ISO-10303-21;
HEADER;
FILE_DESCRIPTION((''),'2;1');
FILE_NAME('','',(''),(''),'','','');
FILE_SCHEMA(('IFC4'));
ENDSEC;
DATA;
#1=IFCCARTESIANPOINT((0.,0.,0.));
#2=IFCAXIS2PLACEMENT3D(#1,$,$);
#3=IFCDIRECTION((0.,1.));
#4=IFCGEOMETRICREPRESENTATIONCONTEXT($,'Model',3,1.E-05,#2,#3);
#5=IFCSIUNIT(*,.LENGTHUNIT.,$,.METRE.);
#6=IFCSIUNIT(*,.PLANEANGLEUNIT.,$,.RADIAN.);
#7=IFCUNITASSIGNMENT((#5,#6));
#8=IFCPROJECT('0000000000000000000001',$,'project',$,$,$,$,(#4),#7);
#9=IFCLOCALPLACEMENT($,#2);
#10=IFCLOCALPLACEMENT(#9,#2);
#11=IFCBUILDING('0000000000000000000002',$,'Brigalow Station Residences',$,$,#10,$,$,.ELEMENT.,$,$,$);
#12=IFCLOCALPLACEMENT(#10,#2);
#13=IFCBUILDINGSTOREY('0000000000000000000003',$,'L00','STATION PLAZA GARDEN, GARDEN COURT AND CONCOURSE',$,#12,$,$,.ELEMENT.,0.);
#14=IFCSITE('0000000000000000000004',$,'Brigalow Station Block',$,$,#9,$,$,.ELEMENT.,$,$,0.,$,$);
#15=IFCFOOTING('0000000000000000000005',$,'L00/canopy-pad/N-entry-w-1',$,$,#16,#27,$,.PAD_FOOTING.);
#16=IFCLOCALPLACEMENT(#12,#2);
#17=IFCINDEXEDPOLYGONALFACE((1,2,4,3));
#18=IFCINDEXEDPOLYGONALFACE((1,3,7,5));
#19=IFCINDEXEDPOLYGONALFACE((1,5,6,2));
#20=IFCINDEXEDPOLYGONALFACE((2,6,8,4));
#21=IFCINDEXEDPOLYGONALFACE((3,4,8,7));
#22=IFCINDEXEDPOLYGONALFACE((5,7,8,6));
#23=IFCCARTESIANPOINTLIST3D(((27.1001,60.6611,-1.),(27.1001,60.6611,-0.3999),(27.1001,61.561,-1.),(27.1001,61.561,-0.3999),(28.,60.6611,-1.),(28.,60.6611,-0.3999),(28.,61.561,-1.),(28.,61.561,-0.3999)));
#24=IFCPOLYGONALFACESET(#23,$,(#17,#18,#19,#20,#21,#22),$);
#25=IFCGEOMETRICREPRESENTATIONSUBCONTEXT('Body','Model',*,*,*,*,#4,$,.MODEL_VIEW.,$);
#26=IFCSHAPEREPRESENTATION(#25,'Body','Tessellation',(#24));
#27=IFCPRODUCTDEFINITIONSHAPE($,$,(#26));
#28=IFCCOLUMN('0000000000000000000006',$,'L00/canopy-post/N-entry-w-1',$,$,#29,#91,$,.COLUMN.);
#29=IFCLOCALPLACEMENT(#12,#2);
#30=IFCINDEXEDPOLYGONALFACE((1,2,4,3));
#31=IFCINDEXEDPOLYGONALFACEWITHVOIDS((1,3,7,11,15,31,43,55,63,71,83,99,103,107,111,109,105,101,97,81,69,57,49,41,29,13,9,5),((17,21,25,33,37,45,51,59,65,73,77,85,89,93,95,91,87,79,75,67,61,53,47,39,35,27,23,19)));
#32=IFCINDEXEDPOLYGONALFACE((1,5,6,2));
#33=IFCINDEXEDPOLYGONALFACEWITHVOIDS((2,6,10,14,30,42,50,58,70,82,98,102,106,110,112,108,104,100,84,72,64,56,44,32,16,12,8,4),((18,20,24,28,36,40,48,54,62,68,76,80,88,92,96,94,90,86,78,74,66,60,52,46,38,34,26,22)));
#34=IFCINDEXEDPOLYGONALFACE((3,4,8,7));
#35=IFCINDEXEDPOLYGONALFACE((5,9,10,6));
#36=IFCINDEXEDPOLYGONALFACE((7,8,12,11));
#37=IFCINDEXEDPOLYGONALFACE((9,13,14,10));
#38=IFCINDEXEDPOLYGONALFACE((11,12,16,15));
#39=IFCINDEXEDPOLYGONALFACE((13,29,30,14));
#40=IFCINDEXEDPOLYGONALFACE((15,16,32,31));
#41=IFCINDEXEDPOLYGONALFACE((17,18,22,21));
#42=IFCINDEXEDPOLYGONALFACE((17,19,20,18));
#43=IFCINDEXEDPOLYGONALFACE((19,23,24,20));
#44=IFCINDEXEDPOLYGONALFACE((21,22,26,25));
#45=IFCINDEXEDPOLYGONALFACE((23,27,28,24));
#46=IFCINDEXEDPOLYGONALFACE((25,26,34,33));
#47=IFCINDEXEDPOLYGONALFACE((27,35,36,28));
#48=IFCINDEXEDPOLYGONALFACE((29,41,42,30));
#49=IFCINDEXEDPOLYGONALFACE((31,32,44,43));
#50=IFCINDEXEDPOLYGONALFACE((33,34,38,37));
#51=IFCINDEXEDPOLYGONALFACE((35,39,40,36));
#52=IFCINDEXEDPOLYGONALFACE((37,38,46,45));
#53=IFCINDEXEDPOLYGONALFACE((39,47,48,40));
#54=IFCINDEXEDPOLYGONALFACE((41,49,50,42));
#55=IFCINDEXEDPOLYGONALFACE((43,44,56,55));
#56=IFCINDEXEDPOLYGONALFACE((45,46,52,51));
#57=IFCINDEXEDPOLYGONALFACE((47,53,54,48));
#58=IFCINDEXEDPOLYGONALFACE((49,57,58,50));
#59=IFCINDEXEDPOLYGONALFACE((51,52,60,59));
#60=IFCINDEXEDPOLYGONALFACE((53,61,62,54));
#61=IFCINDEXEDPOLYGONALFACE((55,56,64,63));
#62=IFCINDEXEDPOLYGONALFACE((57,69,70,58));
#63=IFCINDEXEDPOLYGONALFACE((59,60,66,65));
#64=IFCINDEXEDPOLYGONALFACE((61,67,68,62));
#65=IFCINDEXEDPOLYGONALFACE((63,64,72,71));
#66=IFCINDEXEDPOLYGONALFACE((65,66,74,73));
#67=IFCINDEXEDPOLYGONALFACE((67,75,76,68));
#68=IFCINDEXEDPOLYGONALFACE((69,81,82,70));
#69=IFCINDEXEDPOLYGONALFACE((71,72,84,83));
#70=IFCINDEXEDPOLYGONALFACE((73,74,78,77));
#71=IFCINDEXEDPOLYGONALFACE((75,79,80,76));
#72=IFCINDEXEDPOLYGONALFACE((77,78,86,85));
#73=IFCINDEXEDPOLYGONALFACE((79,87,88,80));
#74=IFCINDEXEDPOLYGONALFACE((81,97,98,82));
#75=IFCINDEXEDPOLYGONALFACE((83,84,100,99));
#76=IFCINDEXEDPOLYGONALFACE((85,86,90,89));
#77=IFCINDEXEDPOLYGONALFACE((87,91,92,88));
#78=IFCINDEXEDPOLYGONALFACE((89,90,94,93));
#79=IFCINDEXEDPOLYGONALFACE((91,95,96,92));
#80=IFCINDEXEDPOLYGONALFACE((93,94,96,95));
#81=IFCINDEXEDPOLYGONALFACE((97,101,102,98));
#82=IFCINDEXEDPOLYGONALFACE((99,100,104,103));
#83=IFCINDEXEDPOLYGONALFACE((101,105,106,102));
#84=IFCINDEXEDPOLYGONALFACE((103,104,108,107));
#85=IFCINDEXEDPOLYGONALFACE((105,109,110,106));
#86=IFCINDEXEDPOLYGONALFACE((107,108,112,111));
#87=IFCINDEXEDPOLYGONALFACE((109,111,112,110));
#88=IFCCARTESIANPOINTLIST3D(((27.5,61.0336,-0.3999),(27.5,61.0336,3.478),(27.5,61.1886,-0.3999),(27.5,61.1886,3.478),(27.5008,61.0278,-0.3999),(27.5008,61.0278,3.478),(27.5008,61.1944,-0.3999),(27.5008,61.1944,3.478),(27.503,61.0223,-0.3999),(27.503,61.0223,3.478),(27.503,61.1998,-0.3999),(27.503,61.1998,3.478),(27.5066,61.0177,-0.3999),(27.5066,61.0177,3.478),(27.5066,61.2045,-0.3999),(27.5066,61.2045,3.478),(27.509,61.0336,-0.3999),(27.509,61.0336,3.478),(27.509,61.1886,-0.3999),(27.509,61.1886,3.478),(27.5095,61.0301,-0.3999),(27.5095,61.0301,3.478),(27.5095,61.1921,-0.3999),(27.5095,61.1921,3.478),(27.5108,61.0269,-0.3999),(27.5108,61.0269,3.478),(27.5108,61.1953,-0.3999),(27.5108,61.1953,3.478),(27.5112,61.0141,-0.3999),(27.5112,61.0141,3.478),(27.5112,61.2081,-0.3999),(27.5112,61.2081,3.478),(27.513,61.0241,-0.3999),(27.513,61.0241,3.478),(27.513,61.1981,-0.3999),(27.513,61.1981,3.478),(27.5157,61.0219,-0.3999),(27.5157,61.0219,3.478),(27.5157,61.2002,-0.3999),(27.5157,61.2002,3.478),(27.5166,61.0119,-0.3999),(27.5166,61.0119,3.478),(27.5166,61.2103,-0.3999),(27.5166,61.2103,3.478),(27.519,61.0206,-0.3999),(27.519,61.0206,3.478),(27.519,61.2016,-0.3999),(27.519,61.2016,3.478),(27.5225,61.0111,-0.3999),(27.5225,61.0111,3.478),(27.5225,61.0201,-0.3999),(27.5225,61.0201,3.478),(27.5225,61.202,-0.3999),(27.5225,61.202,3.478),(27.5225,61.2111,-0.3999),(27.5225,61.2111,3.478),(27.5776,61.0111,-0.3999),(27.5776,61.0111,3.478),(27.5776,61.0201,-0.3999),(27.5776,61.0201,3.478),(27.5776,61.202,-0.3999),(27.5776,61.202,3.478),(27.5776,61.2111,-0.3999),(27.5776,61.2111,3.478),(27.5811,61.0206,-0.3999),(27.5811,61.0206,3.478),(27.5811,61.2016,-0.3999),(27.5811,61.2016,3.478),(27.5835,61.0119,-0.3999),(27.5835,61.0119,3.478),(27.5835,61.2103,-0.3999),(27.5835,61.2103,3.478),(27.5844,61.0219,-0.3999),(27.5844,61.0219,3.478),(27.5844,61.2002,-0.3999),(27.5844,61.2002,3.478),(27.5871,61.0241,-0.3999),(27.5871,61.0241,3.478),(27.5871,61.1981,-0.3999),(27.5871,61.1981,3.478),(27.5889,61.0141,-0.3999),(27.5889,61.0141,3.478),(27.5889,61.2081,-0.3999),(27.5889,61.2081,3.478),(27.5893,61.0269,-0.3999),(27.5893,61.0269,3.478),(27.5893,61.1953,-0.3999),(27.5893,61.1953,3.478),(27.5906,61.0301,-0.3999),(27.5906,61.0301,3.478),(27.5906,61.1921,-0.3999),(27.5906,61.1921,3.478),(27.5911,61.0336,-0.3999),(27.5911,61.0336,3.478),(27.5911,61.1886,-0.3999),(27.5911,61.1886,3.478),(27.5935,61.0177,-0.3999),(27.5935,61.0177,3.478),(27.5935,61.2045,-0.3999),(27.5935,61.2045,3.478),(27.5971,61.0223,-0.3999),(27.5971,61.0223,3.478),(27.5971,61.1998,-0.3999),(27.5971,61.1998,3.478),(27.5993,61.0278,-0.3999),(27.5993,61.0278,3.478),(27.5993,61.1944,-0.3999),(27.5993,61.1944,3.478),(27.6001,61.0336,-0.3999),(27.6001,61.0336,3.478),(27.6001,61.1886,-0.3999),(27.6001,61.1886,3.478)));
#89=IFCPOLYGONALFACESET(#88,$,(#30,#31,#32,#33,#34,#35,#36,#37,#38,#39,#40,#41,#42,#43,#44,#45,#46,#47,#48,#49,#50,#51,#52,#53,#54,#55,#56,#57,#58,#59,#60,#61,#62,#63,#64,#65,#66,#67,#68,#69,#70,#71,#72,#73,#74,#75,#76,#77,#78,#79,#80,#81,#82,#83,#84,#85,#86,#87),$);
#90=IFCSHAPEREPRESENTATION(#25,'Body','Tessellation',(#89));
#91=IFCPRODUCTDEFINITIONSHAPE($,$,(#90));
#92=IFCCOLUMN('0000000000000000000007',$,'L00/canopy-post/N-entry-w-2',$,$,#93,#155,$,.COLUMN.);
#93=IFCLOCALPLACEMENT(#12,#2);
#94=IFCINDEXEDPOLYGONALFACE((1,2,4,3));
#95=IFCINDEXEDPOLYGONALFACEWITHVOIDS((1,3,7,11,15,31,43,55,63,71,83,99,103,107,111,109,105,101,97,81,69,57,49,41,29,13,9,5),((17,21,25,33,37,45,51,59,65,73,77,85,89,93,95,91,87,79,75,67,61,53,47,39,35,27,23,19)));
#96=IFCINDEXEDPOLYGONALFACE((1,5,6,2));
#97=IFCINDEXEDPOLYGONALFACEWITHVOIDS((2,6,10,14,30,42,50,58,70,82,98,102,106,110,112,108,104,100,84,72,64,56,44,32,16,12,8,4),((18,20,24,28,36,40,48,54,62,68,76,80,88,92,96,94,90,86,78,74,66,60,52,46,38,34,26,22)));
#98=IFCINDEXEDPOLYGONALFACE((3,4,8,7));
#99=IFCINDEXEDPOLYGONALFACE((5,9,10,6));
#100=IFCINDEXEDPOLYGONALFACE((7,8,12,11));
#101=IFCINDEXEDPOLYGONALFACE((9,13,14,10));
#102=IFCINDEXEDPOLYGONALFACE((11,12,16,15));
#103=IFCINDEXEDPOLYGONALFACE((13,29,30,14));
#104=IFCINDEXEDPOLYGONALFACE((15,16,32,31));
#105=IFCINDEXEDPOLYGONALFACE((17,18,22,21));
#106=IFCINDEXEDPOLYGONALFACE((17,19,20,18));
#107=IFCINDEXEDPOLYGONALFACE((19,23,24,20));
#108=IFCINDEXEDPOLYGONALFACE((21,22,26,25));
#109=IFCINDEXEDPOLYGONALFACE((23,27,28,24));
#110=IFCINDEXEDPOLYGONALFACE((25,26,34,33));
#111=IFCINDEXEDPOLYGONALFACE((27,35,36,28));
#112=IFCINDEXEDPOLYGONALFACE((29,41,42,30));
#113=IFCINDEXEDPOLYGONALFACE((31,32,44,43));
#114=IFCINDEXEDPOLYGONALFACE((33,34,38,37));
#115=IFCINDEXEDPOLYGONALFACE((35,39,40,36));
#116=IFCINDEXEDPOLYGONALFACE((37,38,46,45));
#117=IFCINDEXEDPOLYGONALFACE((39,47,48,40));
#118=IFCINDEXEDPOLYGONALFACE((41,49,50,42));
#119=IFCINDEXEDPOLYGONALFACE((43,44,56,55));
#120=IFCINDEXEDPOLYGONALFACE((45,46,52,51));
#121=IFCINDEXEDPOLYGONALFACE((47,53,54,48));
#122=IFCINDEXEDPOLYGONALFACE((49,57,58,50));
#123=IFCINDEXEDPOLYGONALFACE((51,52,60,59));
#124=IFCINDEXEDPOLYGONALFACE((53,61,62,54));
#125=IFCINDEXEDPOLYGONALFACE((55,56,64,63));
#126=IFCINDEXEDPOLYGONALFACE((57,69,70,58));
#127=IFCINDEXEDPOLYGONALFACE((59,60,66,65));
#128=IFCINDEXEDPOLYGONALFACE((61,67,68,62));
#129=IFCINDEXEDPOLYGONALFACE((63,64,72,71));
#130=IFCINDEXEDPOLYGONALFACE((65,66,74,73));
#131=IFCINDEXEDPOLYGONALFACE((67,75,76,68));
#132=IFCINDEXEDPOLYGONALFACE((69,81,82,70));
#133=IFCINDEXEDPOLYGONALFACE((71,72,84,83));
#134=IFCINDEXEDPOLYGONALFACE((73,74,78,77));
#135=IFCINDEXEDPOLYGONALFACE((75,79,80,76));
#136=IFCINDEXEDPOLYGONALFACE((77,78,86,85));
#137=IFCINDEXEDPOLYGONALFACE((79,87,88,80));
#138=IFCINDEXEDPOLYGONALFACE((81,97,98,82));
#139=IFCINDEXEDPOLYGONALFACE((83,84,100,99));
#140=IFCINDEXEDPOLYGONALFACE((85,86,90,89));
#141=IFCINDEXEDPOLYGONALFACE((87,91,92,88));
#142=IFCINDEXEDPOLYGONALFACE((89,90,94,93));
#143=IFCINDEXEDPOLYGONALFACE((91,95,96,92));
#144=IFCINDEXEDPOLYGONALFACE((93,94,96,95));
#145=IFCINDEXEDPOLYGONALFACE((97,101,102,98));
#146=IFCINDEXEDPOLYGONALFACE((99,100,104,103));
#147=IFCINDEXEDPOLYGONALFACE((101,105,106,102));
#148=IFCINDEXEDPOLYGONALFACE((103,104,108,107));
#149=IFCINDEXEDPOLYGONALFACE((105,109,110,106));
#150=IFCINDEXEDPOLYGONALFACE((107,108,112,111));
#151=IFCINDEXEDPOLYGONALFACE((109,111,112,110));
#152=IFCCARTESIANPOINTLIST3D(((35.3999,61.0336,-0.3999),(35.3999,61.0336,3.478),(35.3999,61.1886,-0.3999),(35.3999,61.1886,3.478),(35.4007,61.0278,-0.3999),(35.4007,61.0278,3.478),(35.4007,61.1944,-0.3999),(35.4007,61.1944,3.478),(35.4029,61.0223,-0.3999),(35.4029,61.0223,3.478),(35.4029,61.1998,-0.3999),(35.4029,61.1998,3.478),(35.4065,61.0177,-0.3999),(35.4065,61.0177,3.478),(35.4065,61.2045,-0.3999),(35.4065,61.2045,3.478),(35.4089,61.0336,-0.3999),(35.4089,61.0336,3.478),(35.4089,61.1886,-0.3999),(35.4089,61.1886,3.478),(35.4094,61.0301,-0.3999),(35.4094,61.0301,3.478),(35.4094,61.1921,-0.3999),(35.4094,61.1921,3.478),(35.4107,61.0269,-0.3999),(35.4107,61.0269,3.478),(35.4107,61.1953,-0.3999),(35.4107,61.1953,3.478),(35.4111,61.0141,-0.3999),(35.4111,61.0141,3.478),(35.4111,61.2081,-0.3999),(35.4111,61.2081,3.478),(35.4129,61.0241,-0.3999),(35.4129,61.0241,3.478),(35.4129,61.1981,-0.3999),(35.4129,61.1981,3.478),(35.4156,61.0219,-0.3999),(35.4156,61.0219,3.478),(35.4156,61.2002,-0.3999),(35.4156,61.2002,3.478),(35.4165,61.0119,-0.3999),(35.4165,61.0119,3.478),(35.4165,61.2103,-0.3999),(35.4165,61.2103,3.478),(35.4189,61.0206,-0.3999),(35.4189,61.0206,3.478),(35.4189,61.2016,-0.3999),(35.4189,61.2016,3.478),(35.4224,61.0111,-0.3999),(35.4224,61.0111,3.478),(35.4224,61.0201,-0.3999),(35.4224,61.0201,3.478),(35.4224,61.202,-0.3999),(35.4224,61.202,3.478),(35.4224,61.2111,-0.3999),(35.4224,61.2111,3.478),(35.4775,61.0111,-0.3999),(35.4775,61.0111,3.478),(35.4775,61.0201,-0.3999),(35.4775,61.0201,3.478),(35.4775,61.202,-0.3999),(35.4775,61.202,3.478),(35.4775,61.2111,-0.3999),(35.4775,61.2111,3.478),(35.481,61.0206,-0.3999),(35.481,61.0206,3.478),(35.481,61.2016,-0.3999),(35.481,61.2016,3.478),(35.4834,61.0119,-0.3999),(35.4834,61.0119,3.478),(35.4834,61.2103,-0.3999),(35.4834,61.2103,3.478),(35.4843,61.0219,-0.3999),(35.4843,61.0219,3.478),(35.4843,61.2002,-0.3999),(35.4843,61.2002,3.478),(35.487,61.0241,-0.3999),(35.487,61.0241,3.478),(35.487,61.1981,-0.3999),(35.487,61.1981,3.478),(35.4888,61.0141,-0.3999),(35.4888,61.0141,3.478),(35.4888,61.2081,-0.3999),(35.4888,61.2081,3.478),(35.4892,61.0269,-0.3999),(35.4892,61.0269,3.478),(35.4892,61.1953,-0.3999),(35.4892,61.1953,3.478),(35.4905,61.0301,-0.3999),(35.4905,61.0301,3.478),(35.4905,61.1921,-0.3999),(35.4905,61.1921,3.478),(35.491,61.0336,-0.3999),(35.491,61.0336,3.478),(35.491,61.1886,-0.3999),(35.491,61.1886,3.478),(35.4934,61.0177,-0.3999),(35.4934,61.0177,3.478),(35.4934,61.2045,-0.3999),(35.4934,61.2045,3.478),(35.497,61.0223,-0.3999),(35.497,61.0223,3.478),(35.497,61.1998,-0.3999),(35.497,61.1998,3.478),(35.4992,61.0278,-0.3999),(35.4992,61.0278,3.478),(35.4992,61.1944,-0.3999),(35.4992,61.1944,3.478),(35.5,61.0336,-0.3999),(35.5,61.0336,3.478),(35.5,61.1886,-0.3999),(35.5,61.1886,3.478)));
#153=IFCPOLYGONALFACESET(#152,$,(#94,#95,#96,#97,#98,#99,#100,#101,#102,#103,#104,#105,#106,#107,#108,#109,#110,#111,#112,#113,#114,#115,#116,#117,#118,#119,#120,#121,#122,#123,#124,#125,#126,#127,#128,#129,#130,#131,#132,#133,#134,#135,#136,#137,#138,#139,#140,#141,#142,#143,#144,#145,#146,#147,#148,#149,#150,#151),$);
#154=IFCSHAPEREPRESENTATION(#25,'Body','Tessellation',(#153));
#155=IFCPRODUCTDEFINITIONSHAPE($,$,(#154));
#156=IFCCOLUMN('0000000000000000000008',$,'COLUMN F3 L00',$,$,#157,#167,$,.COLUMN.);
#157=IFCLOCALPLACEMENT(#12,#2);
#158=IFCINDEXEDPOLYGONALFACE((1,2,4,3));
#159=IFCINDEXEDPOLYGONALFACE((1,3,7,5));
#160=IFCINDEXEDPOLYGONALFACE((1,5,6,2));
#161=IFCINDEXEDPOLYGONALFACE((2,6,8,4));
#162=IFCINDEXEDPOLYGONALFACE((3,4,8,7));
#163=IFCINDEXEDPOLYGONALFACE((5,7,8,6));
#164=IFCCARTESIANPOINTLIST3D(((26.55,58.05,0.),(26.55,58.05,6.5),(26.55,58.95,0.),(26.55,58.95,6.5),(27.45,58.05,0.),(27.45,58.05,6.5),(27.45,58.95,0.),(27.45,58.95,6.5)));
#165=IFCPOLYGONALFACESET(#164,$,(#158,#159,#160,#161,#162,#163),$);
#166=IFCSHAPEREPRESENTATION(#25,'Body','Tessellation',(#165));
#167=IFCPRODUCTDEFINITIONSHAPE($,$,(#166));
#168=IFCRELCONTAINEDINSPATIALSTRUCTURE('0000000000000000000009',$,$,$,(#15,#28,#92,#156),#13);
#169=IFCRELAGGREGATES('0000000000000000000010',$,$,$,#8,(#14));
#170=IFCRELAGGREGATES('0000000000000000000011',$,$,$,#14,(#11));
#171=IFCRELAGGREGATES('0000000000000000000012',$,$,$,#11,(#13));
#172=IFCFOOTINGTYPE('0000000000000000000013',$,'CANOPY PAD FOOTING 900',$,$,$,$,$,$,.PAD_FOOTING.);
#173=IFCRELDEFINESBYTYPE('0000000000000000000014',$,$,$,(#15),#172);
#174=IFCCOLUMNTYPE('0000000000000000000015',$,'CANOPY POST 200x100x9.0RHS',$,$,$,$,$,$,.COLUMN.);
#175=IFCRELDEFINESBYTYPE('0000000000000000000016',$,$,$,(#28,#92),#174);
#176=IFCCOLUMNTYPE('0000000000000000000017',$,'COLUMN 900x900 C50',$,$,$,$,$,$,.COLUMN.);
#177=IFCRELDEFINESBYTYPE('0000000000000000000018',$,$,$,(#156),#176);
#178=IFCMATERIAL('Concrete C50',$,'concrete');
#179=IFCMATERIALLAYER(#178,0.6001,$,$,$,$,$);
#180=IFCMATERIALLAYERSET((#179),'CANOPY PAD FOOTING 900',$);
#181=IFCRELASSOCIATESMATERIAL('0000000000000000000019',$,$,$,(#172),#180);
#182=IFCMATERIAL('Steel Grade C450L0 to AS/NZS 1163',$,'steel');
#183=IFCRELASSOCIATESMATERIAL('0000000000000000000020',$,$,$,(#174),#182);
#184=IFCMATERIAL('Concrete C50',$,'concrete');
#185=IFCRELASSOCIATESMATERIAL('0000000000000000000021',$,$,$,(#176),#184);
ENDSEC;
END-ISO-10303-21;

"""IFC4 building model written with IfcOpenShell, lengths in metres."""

from ifc_helpers import new_model, si_unit, direction, frame, origin, origin_2d, place, context, subcontext, project, spatial, rectangle, hollow_rectangle, extrude, material, layer, layer_set, material_profile, profile_set, type_object, element, save


model = new_model("IFC4")

# Units and contexts
model_context = context("Model", 3, precision=1e-05, world=origin(), true_north=direction((0.0, 1.0)))
body_context = subcontext(model_context, "Body", "Model", "MODEL_VIEW")
ifc_project = project(units=[si_unit("LENGTHUNIT", "METRE"), si_unit("PLANEANGLEUNIT", "RADIAN")], contexts=[model_context])

# Site, building, storey
site_placement = place(None, origin())
site = spatial("IfcSite", under=ifc_project, at=site_placement, Name="Brigalow Station Block", CompositionType="ELEMENT", RefElevation=0.0)
building_placement = place(site_placement, origin())
building = spatial("IfcBuilding", under=site, at=building_placement, Name="Brigalow Station Residences", CompositionType="ELEMENT")
storey_placement = place(building_placement, origin())
storey = spatial("IfcBuildingStorey", under=building, at=storey_placement, Name="L00", Description="STATION PLAZA GARDEN, GARDEN COURT AND CONCOURSE", CompositionType="ELEMENT", Elevation=0.0)

# Footing
ifc_material_1 = material(Name="Concrete C50", Category="concrete")
ifc_layer_1 = layer(ifc_material_1, 0.6001)
ifc_layer_set_1 = layer_set([ifc_layer_1], Name="CANOPY PAD FOOTING 900")
footing_type = type_object("IfcFootingType", Name="CANOPY PAD FOOTING 900", PredefinedType="PAD_FOOTING", material=ifc_layer_set_1)
footing_placement = place(storey_placement, frame((27.55, 61.1111, -1.0), z_axis=(0.0, 0.0, 1.0), x_axis=(1.0, 0.0, 0.0)))
element("IfcFooting", 1, at=footing_placement, inside=storey, type_object=footing_type, Name="L00/canopy-pad/N-entry-w-1", PredefinedType="PAD_FOOTING", context=body_context, shape_type="SweptSolid", body=[
    extrude(rectangle(XDim=0.8999, YDim=0.8999, at=origin_2d()), origin(), (0.0, 0.0, 1.0), 0.6001),
])

# Columns
ifc_material_2 = material(Name="Steel Grade C450L0 to AS/NZS 1163", Category="steel")
ifc_material_profile_1 = material_profile(ifc_material_2, hollow_rectangle(XDim=0.1001, YDim=0.2, WallThickness=0.009, InnerFilletRadius=0.0134, OuterFilletRadius=0.0225, at=origin_2d()), Name="200x100x9.0RHS")
ifc_profile_set_1 = profile_set([ifc_material_profile_1], Name="Steel Grade C450L0 to AS/NZS 1163")
column_type_1 = type_object("IfcColumnType", Name="CANOPY POST 200x100x9.0RHS", PredefinedType="COLUMN", material=ifc_profile_set_1)
for number, where, z_axis, x_axis, name in (
    (2, (27.55, 61.1111, -0.3999), (0.0, 0.0, 1.0), (1.0, 0.0, 0.0), "L00/canopy-post/N-entry-w-1"),
    (3, (35.45, 61.1111, -0.3999), (0.0, 0.0, 1.0), (1.0, 0.0, 0.0), "L00/canopy-post/N-entry-w-2"),
):
    element("IfcColumn", number, at=place(storey_placement, frame(where, z_axis=z_axis, x_axis=x_axis)), inside=storey, type_object=column_type_1, Name=name, PredefinedType="COLUMN", context=body_context, shape_type="SweptSolid", body=[
        extrude(hollow_rectangle(XDim=0.1001, YDim=0.2, WallThickness=0.009, InnerFilletRadius=0.0134, OuterFilletRadius=0.0225, at=origin_2d()), origin(), (0.0, 0.0, 1.0), 3.8779),
    ])
ifc_material_3 = material(Name="Concrete C50", Category="concrete")
ifc_material_profile_2 = material_profile(ifc_material_3, rectangle(XDim=0.8999, YDim=0.8999, at=origin_2d()), Name="RC900x900")
ifc_profile_set_2 = profile_set([ifc_material_profile_2], Name="Concrete C50")
column_type_2 = type_object("IfcColumnType", Name="COLUMN 900x900 C50", PredefinedType="COLUMN", material=ifc_profile_set_2)
column_placement = place(storey_placement, frame((27.0, 58.5, 0.0), z_axis=(0.0, 0.0, 1.0), x_axis=(1.0, 0.0, 0.0)))
element("IfcColumn", 4, at=column_placement, inside=storey, type_object=column_type_2, Name="COLUMN F3 L00", PredefinedType="COLUMN", context=body_context, shape_type="SweptSolid", body=[
    extrude(rectangle(XDim=0.8999, YDim=0.8999, at=origin_2d()), origin(), (0.0, 0.0, 1.0), 6.5),
])

save(model, "model.ifc")
